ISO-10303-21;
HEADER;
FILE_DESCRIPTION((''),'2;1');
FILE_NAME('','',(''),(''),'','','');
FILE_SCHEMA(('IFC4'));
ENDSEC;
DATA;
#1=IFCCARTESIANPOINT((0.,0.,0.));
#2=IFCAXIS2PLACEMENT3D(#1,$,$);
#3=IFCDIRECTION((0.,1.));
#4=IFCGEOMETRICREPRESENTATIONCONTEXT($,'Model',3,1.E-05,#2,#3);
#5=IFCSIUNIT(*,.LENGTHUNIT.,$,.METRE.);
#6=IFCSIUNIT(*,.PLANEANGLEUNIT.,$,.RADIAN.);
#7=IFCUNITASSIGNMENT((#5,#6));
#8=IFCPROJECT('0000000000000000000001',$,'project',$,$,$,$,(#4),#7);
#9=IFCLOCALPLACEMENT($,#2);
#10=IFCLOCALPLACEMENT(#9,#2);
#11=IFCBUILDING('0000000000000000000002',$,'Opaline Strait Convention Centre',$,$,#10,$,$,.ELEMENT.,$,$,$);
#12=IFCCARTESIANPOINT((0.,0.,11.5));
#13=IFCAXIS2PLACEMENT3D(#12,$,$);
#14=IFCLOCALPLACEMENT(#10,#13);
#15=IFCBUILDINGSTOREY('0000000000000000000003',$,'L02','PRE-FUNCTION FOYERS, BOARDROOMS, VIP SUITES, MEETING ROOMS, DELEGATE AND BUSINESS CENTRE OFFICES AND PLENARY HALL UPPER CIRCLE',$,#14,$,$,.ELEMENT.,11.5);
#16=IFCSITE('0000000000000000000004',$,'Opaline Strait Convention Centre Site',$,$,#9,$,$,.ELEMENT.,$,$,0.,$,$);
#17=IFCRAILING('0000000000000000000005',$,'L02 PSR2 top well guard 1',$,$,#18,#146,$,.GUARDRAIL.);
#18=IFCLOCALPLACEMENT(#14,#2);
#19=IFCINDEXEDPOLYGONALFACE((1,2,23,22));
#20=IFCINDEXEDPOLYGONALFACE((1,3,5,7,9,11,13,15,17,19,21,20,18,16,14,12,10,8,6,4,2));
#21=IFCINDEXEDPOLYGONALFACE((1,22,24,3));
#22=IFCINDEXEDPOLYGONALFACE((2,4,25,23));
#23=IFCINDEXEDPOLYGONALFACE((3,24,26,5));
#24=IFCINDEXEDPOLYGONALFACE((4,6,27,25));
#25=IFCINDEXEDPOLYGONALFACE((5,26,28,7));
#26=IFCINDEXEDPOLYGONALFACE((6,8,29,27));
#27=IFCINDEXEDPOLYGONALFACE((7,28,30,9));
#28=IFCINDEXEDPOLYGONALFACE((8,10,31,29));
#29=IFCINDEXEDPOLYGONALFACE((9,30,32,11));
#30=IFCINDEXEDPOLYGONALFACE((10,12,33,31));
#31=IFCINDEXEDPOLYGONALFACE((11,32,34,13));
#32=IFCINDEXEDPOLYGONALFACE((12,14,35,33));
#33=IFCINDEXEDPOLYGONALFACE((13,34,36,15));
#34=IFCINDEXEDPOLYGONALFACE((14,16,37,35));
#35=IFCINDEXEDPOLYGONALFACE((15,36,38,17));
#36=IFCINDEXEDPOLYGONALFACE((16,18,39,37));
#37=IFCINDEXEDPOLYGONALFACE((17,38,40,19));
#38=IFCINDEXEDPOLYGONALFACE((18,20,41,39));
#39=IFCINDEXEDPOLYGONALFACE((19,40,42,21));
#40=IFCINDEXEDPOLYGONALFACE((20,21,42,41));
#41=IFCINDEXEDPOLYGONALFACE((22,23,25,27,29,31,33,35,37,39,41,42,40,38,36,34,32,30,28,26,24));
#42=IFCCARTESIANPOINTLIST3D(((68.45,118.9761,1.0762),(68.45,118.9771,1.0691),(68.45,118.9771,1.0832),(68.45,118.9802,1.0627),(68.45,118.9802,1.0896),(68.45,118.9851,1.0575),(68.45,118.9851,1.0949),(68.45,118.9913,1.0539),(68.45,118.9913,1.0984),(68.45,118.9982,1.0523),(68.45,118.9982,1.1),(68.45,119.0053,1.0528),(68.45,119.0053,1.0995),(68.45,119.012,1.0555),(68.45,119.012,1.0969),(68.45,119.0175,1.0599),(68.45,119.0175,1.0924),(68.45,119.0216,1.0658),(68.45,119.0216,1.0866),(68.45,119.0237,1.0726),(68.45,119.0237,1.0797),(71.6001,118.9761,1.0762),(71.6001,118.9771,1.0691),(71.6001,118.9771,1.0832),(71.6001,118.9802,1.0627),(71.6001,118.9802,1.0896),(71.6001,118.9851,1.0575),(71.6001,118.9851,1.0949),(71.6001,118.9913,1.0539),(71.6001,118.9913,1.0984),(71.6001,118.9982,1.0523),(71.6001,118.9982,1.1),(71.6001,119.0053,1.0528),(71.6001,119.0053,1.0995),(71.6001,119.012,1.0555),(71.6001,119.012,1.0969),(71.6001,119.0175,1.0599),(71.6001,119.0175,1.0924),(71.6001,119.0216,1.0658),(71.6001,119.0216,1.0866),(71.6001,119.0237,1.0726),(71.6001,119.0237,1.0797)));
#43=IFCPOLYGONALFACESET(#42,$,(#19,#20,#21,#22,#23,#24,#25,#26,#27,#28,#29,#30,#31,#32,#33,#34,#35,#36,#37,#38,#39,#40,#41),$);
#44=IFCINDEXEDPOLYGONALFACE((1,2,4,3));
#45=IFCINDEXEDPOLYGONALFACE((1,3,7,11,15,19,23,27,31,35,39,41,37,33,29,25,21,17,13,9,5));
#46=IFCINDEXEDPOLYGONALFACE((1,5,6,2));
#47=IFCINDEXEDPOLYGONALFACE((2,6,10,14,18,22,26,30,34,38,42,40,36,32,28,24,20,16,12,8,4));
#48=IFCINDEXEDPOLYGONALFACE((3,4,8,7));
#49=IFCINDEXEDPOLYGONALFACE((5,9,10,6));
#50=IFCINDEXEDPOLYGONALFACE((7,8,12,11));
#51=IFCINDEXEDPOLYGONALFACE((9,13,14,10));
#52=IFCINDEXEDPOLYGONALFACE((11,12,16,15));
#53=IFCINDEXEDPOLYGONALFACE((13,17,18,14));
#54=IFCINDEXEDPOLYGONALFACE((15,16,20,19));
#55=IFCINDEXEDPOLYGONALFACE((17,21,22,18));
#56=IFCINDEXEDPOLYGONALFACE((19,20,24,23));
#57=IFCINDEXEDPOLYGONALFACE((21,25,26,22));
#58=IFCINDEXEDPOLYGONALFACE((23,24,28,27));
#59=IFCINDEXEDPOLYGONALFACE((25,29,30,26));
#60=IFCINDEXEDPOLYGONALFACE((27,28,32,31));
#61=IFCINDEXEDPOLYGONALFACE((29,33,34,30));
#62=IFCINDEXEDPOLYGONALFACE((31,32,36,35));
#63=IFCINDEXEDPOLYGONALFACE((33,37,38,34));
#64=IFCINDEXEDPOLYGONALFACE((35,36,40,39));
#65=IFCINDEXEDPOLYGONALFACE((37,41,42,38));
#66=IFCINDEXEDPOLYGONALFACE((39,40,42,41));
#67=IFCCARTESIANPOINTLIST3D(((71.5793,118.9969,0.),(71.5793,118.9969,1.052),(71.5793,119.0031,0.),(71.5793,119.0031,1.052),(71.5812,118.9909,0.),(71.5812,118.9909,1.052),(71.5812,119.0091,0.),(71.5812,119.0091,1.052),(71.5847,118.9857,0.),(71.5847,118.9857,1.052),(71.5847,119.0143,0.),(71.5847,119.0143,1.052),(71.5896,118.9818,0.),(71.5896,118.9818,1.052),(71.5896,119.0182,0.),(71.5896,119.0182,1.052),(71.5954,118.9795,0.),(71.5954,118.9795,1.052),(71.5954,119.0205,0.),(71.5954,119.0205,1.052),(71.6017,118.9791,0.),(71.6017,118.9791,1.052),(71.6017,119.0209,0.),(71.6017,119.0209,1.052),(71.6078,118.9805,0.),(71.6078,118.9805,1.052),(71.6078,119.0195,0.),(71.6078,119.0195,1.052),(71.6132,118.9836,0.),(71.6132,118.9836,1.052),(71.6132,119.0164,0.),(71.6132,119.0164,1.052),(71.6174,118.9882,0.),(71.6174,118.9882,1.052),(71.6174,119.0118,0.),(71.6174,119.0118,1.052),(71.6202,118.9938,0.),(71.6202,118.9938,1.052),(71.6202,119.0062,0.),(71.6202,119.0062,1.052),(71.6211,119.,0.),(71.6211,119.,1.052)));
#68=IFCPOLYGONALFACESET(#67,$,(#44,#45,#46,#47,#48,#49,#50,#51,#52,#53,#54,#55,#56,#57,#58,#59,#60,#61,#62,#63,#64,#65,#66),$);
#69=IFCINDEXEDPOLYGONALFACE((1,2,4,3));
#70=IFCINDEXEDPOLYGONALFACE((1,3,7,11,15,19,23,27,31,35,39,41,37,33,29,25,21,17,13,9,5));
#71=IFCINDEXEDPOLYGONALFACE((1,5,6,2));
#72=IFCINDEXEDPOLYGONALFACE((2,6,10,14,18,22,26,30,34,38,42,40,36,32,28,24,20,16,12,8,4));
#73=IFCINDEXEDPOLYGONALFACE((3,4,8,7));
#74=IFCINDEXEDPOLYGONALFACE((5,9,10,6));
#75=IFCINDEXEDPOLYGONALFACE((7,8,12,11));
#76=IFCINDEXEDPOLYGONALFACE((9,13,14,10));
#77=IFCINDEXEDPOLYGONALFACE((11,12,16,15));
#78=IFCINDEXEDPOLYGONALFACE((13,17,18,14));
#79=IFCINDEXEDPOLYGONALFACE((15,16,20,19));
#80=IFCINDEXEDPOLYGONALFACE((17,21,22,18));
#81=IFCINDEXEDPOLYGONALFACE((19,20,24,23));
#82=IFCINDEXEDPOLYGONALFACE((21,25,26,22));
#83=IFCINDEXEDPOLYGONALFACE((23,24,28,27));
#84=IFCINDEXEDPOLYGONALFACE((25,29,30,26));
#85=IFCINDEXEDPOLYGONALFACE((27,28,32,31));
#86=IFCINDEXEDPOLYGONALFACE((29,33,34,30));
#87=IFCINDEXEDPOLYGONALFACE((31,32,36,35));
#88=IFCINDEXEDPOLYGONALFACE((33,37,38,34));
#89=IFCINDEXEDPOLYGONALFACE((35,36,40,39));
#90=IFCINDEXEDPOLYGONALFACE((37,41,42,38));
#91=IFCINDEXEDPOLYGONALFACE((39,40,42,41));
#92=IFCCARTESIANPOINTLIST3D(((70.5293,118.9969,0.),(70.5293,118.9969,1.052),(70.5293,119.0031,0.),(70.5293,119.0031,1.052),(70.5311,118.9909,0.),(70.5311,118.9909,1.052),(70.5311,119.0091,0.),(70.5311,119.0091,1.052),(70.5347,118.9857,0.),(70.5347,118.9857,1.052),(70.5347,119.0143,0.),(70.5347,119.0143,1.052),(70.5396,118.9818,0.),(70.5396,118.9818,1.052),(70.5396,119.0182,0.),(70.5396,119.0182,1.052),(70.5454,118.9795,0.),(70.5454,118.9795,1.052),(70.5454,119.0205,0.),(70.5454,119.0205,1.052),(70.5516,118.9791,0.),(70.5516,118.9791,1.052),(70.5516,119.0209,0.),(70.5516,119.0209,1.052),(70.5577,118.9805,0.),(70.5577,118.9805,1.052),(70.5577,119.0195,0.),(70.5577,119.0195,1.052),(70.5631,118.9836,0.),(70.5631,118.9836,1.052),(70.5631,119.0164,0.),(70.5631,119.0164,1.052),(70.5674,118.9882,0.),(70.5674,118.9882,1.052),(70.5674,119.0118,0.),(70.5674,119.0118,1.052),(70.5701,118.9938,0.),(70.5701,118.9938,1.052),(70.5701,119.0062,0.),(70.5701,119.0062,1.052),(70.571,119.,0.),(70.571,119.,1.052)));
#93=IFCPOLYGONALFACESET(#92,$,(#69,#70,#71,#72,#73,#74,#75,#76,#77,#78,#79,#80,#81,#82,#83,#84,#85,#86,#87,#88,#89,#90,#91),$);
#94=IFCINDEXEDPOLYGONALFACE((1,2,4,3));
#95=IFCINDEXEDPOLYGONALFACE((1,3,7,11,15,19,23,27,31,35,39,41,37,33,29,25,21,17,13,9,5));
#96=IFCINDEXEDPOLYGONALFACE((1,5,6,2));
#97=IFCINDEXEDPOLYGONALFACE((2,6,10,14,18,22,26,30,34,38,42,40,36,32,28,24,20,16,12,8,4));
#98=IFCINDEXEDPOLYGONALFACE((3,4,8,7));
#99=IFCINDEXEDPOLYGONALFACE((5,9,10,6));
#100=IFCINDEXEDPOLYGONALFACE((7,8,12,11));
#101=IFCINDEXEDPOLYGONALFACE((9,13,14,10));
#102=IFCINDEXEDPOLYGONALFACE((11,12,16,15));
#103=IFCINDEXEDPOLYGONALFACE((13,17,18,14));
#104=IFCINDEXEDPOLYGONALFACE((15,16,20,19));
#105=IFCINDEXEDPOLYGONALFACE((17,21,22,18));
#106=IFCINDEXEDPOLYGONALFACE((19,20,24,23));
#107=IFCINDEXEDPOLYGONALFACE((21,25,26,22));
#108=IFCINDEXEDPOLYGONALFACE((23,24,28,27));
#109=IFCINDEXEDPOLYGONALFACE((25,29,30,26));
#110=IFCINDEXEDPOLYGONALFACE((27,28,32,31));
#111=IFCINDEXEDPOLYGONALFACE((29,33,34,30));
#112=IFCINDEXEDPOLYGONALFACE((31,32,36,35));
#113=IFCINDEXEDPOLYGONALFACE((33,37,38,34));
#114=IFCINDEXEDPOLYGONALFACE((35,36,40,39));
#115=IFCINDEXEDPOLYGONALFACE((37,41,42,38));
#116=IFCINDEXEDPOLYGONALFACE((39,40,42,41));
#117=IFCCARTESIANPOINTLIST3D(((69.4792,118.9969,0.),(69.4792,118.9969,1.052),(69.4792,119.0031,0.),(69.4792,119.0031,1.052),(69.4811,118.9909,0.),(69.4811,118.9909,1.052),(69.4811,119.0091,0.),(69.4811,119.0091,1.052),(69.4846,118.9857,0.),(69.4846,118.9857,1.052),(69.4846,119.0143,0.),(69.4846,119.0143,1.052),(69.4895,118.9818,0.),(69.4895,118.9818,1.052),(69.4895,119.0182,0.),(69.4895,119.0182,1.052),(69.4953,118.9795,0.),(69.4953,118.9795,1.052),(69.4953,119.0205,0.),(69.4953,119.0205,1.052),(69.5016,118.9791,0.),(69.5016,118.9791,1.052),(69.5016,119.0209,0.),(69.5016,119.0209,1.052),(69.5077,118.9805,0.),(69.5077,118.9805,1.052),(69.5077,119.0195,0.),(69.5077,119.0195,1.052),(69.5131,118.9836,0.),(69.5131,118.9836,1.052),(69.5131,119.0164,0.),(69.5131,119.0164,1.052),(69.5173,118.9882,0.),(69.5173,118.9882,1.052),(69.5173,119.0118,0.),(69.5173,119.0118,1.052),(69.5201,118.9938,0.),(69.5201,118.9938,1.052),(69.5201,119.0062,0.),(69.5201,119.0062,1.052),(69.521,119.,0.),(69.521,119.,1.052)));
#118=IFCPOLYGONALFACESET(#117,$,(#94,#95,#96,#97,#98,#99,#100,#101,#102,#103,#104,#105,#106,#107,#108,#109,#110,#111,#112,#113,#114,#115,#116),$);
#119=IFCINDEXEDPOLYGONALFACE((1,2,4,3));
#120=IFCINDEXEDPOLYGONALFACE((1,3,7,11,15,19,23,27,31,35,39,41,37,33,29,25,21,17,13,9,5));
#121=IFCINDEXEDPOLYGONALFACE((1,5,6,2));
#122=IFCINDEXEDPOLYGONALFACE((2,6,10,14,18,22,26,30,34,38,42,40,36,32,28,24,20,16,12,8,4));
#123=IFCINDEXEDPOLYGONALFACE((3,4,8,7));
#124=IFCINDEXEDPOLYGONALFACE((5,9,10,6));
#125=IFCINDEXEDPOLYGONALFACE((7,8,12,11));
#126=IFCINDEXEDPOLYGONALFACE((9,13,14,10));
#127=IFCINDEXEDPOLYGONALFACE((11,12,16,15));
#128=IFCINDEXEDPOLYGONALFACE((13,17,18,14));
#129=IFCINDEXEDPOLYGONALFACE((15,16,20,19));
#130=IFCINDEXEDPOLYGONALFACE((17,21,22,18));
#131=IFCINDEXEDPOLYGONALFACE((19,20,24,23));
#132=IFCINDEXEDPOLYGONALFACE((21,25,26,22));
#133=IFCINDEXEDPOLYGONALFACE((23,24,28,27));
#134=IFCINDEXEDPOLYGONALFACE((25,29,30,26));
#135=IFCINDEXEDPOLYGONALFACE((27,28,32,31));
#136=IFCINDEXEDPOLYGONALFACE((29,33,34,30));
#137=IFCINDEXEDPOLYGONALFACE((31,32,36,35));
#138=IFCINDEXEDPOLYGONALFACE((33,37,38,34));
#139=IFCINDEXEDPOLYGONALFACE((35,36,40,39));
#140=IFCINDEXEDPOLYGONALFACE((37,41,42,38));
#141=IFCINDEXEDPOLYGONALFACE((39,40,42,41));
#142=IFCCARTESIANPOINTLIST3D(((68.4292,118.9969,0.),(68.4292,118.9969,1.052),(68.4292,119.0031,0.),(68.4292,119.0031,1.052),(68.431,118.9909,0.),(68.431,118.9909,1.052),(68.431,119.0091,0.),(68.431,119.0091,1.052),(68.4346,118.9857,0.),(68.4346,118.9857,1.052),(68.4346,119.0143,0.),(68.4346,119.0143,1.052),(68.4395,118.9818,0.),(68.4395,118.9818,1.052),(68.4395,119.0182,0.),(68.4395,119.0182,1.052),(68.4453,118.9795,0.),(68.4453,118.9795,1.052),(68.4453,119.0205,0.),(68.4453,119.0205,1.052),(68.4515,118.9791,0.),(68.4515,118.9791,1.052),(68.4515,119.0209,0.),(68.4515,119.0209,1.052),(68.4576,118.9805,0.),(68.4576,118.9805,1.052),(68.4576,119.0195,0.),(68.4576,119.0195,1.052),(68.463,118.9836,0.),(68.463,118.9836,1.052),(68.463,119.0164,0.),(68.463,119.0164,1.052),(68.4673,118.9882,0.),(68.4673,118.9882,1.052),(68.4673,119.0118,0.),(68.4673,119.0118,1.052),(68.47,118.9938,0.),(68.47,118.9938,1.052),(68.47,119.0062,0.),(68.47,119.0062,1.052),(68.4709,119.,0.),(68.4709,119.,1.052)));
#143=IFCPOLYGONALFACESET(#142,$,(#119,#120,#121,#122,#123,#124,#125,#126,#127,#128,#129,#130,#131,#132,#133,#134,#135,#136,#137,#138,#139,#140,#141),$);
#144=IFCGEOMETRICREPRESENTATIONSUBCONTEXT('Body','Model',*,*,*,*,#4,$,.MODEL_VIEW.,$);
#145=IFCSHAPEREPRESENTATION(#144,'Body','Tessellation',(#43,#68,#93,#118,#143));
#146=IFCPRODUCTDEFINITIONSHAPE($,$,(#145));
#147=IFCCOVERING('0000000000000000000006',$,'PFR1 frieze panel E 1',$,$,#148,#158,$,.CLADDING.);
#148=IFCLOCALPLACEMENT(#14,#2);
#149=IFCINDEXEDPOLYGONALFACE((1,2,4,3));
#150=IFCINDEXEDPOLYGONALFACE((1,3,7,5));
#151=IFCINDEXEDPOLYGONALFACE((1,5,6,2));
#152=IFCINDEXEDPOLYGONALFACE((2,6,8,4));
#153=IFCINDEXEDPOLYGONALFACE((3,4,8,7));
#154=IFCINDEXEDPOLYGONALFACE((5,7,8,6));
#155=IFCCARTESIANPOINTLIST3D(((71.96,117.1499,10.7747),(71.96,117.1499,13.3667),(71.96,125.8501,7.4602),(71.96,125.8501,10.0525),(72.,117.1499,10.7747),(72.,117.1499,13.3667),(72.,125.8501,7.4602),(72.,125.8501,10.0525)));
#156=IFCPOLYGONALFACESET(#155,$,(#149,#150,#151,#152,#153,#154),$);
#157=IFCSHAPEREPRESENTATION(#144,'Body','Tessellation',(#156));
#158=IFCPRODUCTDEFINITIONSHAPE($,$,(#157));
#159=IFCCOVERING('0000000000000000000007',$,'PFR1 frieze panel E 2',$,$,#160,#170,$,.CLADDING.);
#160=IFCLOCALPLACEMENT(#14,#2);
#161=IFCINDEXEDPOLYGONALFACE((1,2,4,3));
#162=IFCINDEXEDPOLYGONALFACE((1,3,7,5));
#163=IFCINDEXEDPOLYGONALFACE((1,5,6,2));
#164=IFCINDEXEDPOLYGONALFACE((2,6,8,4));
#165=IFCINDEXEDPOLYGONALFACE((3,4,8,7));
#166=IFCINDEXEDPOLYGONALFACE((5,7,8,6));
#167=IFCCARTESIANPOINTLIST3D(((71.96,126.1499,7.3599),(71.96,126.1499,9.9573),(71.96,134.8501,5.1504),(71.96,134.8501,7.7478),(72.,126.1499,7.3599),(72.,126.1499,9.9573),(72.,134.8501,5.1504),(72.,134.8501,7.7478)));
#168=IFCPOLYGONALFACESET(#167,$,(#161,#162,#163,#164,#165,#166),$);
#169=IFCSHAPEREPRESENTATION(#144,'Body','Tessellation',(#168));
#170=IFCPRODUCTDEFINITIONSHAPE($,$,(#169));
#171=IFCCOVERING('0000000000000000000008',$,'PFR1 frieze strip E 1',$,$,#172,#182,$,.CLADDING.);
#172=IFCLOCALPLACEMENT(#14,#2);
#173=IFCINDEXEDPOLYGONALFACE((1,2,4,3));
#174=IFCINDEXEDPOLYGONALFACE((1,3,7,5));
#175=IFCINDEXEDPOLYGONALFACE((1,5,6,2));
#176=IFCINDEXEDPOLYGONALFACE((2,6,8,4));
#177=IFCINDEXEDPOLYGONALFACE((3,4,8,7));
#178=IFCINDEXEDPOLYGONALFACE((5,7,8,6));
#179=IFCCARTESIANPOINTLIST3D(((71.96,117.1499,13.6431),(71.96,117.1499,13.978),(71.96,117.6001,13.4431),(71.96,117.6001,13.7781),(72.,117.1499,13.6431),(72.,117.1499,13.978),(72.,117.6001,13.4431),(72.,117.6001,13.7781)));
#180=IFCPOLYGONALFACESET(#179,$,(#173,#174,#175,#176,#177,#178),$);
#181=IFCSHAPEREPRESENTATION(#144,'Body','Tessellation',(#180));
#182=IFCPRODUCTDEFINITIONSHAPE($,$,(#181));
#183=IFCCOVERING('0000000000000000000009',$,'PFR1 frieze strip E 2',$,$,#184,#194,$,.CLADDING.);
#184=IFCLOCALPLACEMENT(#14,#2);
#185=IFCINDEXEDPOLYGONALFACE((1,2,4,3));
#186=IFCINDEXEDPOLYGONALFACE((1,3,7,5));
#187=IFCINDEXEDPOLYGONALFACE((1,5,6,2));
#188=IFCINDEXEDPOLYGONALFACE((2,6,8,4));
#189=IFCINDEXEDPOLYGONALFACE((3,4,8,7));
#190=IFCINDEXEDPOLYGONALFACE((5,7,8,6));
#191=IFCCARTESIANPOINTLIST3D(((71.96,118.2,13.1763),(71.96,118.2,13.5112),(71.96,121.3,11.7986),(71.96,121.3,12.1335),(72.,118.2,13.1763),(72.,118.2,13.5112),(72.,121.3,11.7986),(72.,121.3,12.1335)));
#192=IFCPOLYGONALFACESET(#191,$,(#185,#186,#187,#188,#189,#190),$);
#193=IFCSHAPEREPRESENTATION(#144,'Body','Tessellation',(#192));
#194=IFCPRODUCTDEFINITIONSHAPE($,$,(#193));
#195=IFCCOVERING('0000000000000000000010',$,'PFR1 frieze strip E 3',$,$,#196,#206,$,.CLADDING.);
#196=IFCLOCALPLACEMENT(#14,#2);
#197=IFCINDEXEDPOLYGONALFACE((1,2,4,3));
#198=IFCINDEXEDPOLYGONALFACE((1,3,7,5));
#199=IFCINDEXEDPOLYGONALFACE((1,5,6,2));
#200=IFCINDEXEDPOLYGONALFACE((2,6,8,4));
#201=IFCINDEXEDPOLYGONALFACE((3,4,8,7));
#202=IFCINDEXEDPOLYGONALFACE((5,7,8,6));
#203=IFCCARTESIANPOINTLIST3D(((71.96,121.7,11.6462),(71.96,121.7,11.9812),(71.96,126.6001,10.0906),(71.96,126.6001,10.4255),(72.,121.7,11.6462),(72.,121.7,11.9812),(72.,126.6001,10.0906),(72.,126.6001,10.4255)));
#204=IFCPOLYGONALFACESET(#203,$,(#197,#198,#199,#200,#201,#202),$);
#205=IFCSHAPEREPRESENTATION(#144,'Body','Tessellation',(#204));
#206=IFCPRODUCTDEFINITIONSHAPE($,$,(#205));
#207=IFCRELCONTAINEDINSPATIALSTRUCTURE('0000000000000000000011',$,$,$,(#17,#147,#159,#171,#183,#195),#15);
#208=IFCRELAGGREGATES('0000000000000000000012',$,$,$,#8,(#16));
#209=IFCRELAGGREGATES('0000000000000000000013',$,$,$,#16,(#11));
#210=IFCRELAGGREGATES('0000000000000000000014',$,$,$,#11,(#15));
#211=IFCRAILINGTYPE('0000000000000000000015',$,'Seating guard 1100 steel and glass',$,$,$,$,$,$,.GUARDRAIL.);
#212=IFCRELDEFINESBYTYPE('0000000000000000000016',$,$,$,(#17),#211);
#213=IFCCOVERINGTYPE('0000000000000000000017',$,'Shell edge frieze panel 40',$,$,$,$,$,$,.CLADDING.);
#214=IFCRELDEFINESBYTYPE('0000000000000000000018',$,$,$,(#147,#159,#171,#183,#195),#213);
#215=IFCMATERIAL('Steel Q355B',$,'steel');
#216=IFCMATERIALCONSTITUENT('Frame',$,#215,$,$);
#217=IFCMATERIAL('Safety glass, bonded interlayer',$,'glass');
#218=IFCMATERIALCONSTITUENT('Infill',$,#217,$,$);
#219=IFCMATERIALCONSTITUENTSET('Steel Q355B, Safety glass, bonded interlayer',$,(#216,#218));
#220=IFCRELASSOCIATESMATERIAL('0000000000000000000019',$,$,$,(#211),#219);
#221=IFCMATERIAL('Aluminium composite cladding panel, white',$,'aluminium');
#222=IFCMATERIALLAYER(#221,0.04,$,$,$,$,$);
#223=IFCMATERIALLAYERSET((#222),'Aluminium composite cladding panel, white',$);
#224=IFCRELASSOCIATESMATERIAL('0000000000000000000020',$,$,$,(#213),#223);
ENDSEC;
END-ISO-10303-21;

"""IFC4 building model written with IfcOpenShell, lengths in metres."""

from ifc_helpers import new_model, si_unit, direction, frame, origin, origin_2d, place, context, subcontext, project, spatial, polyline, circle, outline, extrude, material, layer, layer_set, constituent, constituent_set, type_object, element, save


model = new_model("IFC4")

# Units and contexts
model_context = context("Model", 3, precision=1e-05, world=origin(), true_north=direction((0.0, 1.0)))
body_context = subcontext(model_context, "Body", "Model", "MODEL_VIEW")
ifc_project = project(units=[si_unit("LENGTHUNIT", "METRE"), si_unit("PLANEANGLEUNIT", "RADIAN")], contexts=[model_context])

# Site, building, storey
site_placement = place(None, origin())
site = spatial("IfcSite", under=ifc_project, at=site_placement, Name="Opaline Strait Convention Centre Site", CompositionType="ELEMENT", RefElevation=0.0)
building_placement = place(site_placement, origin())
building = spatial("IfcBuilding", under=site, at=building_placement, Name="Opaline Strait Convention Centre", CompositionType="ELEMENT")
storey_placement = place(building_placement, frame((0.0, 0.0, 11.5)))
storey = spatial("IfcBuildingStorey", under=building, at=storey_placement, Name="L02", Description="PRE-FUNCTION FOYERS, BOARDROOMS, VIP SUITES, MEETING ROOMS, DELEGATE AND BUSINESS CENTRE OFFICES AND PLENARY HALL UPPER CIRCLE", CompositionType="ELEMENT", Elevation=11.5)

# Shared definitions
ifc_material_1 = material(Name="Steel Q355B", Category="steel")

# Railing
ifc_constituent_1 = constituent(ifc_material_1, Name="Frame")
ifc_material_2 = material(Name="Safety glass, bonded interlayer", Category="glass")
ifc_constituent_2 = constituent(ifc_material_2, Name="Infill")
ifc_constituent_set = constituent_set(constituents=[ifc_constituent_1, ifc_constituent_2], Name="Steel Q355B, Safety glass, bonded interlayer")
railing_type = type_object("IfcRailingType", Name="Seating guard 1100 steel and glass", PredefinedType="GUARDRAIL", material=ifc_constituent_set)
railing_placement = place(storey_placement, frame((71.6001, 119.0, 0.0)))
element("IfcRailing", 1, at=railing_placement, inside=storey, type_object=railing_type, Name="L02 PSR2 top well guard 1", PredefinedType="GUARDRAIL", context=body_context, shape_type="SweptSolid", body=[
    extrude(circle(Radius=0.0239, at=origin_2d()), frame((0.0, 0.0, 1.0762), z_axis=(-1.0, 0.0, 0.0), x_axis=(0.0, -1.0, 0.0)), (0.0, 0.0, 1.0), 3.1501),
    extrude(circle(Radius=0.021, at=origin_2d()), origin(), (0.0, 0.0, 1.0), 1.052),
    extrude(circle(Radius=0.021, at=origin_2d()), frame((-1.05, 0.0, 0.0)), (0.0, 0.0, 1.0), 1.052),
    extrude(circle(Radius=0.021, at=origin_2d()), frame((-2.1001, 0.0, 0.0)), (0.0, 0.0, 1.0), 1.052),
    extrude(circle(Radius=0.021, at=origin_2d()), frame((-3.1501, 0.0, 0.0)), (0.0, 0.0, 1.0), 1.052),
])

# Coverings
ifc_material_3 = material(Name="Aluminium composite cladding panel, white", Category="aluminium")
ifc_layer_1 = layer(ifc_material_3, 0.04)
ifc_layer_set_1 = layer_set([ifc_layer_1], Name="Aluminium composite cladding panel, white")
covering_type = type_object("IfcCoveringType", Name="Shell edge frieze panel 40", PredefinedType="CLADDING", material=ifc_layer_set_1)
covering_1_placement = place(storey_placement, frame((72.0, 117.1499, 10.7747), z_axis=(1.0, 0.0, 0.0), x_axis=(0.0, 0.934484, -0.356004)))
element("IfcCovering", 2, at=covering_1_placement, inside=storey, type_object=covering_type, Name="PFR1 frieze panel E 1", PredefinedType="CLADDING", context=body_context, shape_type="SweptSolid", body=[
    extrude(outline(polyline([(0.0, 0.0), (9.3102, 0.0), (8.3873, 2.4225), (-0.9228, 2.4222), (0.0, 0.0)])), origin(), (0.0, 0.0, -1.0), 0.04),
])
covering_2_placement = place(storey_placement, frame((72.0, 126.1499, 7.3599), z_axis=(1.0, 0.0, 0.0), x_axis=(0.0, 0.969233, -0.246143)))
element("IfcCovering", 3, at=covering_2_placement, inside=storey, type_object=covering_type, Name="PFR1 frieze panel E 2", PredefinedType="CLADDING", context=body_context, shape_type="SweptSolid", body=[
    extrude(outline(polyline([(0.0, 0.0), (8.9764, 0.0), (8.337, 2.5175), (-0.6393, 2.5175), (0.0, 0.0)])), origin(), (0.0, 0.0, -1.0), 0.04),
])
covering_3_placement = place(storey_placement, frame((72.0, 117.1499, 13.6431), z_axis=(1.0, 0.0, 0.0), x_axis=(0.0, 0.913914, -0.405909)))
element("IfcCovering", 4, at=covering_3_placement, inside=storey, type_object=covering_type, Name="PFR1 frieze strip E 1", PredefinedType="CLADDING", context=body_context, shape_type="SweptSolid", body=[
    extrude(outline(polyline([(0.0, 0.0), (0.4926, 0.0), (0.3566, 0.3061), (-0.136, 0.3061), (0.0, 0.0)])), origin(), (0.0, 0.0, -1.0), 0.04),
])
covering_4_placement = place(storey_placement, frame((72.0, 118.2, 13.1763), z_axis=(1.0, 0.0, 0.0), x_axis=(0.0, 0.913826, -0.406105)))
element("IfcCovering", 5, at=covering_4_placement, inside=storey, type_object=covering_type, Name="PFR1 frieze strip E 2", PredefinedType="CLADDING", context=body_context, shape_type="SweptSolid", body=[
    extrude(outline(polyline([(0.0, 0.0), (3.3924, 0.0), (3.2564, 0.3061), (-0.136, 0.3061), (0.0, 0.0)])), origin(), (0.0, 0.0, -1.0), 0.04),
])
covering_5_placement = place(storey_placement, frame((72.0, 121.7, 11.6462), z_axis=(1.0, 0.0, 0.0), x_axis=(0.0, 0.953121, -0.30259)))
element("IfcCovering", 6, at=covering_5_placement, inside=storey, type_object=covering_type, Name="PFR1 frieze strip E 3", PredefinedType="CLADDING", context=body_context, shape_type="SweptSolid", body=[
    extrude(outline(polyline([(0.0, 0.0), (5.1412, 0.0), (5.0398, 0.3193), (-0.1014, 0.3193), (0.0, 0.0)])), origin(), (0.0, 0.0, -1.0), 0.04),
])

save(model, "model.ifc")
